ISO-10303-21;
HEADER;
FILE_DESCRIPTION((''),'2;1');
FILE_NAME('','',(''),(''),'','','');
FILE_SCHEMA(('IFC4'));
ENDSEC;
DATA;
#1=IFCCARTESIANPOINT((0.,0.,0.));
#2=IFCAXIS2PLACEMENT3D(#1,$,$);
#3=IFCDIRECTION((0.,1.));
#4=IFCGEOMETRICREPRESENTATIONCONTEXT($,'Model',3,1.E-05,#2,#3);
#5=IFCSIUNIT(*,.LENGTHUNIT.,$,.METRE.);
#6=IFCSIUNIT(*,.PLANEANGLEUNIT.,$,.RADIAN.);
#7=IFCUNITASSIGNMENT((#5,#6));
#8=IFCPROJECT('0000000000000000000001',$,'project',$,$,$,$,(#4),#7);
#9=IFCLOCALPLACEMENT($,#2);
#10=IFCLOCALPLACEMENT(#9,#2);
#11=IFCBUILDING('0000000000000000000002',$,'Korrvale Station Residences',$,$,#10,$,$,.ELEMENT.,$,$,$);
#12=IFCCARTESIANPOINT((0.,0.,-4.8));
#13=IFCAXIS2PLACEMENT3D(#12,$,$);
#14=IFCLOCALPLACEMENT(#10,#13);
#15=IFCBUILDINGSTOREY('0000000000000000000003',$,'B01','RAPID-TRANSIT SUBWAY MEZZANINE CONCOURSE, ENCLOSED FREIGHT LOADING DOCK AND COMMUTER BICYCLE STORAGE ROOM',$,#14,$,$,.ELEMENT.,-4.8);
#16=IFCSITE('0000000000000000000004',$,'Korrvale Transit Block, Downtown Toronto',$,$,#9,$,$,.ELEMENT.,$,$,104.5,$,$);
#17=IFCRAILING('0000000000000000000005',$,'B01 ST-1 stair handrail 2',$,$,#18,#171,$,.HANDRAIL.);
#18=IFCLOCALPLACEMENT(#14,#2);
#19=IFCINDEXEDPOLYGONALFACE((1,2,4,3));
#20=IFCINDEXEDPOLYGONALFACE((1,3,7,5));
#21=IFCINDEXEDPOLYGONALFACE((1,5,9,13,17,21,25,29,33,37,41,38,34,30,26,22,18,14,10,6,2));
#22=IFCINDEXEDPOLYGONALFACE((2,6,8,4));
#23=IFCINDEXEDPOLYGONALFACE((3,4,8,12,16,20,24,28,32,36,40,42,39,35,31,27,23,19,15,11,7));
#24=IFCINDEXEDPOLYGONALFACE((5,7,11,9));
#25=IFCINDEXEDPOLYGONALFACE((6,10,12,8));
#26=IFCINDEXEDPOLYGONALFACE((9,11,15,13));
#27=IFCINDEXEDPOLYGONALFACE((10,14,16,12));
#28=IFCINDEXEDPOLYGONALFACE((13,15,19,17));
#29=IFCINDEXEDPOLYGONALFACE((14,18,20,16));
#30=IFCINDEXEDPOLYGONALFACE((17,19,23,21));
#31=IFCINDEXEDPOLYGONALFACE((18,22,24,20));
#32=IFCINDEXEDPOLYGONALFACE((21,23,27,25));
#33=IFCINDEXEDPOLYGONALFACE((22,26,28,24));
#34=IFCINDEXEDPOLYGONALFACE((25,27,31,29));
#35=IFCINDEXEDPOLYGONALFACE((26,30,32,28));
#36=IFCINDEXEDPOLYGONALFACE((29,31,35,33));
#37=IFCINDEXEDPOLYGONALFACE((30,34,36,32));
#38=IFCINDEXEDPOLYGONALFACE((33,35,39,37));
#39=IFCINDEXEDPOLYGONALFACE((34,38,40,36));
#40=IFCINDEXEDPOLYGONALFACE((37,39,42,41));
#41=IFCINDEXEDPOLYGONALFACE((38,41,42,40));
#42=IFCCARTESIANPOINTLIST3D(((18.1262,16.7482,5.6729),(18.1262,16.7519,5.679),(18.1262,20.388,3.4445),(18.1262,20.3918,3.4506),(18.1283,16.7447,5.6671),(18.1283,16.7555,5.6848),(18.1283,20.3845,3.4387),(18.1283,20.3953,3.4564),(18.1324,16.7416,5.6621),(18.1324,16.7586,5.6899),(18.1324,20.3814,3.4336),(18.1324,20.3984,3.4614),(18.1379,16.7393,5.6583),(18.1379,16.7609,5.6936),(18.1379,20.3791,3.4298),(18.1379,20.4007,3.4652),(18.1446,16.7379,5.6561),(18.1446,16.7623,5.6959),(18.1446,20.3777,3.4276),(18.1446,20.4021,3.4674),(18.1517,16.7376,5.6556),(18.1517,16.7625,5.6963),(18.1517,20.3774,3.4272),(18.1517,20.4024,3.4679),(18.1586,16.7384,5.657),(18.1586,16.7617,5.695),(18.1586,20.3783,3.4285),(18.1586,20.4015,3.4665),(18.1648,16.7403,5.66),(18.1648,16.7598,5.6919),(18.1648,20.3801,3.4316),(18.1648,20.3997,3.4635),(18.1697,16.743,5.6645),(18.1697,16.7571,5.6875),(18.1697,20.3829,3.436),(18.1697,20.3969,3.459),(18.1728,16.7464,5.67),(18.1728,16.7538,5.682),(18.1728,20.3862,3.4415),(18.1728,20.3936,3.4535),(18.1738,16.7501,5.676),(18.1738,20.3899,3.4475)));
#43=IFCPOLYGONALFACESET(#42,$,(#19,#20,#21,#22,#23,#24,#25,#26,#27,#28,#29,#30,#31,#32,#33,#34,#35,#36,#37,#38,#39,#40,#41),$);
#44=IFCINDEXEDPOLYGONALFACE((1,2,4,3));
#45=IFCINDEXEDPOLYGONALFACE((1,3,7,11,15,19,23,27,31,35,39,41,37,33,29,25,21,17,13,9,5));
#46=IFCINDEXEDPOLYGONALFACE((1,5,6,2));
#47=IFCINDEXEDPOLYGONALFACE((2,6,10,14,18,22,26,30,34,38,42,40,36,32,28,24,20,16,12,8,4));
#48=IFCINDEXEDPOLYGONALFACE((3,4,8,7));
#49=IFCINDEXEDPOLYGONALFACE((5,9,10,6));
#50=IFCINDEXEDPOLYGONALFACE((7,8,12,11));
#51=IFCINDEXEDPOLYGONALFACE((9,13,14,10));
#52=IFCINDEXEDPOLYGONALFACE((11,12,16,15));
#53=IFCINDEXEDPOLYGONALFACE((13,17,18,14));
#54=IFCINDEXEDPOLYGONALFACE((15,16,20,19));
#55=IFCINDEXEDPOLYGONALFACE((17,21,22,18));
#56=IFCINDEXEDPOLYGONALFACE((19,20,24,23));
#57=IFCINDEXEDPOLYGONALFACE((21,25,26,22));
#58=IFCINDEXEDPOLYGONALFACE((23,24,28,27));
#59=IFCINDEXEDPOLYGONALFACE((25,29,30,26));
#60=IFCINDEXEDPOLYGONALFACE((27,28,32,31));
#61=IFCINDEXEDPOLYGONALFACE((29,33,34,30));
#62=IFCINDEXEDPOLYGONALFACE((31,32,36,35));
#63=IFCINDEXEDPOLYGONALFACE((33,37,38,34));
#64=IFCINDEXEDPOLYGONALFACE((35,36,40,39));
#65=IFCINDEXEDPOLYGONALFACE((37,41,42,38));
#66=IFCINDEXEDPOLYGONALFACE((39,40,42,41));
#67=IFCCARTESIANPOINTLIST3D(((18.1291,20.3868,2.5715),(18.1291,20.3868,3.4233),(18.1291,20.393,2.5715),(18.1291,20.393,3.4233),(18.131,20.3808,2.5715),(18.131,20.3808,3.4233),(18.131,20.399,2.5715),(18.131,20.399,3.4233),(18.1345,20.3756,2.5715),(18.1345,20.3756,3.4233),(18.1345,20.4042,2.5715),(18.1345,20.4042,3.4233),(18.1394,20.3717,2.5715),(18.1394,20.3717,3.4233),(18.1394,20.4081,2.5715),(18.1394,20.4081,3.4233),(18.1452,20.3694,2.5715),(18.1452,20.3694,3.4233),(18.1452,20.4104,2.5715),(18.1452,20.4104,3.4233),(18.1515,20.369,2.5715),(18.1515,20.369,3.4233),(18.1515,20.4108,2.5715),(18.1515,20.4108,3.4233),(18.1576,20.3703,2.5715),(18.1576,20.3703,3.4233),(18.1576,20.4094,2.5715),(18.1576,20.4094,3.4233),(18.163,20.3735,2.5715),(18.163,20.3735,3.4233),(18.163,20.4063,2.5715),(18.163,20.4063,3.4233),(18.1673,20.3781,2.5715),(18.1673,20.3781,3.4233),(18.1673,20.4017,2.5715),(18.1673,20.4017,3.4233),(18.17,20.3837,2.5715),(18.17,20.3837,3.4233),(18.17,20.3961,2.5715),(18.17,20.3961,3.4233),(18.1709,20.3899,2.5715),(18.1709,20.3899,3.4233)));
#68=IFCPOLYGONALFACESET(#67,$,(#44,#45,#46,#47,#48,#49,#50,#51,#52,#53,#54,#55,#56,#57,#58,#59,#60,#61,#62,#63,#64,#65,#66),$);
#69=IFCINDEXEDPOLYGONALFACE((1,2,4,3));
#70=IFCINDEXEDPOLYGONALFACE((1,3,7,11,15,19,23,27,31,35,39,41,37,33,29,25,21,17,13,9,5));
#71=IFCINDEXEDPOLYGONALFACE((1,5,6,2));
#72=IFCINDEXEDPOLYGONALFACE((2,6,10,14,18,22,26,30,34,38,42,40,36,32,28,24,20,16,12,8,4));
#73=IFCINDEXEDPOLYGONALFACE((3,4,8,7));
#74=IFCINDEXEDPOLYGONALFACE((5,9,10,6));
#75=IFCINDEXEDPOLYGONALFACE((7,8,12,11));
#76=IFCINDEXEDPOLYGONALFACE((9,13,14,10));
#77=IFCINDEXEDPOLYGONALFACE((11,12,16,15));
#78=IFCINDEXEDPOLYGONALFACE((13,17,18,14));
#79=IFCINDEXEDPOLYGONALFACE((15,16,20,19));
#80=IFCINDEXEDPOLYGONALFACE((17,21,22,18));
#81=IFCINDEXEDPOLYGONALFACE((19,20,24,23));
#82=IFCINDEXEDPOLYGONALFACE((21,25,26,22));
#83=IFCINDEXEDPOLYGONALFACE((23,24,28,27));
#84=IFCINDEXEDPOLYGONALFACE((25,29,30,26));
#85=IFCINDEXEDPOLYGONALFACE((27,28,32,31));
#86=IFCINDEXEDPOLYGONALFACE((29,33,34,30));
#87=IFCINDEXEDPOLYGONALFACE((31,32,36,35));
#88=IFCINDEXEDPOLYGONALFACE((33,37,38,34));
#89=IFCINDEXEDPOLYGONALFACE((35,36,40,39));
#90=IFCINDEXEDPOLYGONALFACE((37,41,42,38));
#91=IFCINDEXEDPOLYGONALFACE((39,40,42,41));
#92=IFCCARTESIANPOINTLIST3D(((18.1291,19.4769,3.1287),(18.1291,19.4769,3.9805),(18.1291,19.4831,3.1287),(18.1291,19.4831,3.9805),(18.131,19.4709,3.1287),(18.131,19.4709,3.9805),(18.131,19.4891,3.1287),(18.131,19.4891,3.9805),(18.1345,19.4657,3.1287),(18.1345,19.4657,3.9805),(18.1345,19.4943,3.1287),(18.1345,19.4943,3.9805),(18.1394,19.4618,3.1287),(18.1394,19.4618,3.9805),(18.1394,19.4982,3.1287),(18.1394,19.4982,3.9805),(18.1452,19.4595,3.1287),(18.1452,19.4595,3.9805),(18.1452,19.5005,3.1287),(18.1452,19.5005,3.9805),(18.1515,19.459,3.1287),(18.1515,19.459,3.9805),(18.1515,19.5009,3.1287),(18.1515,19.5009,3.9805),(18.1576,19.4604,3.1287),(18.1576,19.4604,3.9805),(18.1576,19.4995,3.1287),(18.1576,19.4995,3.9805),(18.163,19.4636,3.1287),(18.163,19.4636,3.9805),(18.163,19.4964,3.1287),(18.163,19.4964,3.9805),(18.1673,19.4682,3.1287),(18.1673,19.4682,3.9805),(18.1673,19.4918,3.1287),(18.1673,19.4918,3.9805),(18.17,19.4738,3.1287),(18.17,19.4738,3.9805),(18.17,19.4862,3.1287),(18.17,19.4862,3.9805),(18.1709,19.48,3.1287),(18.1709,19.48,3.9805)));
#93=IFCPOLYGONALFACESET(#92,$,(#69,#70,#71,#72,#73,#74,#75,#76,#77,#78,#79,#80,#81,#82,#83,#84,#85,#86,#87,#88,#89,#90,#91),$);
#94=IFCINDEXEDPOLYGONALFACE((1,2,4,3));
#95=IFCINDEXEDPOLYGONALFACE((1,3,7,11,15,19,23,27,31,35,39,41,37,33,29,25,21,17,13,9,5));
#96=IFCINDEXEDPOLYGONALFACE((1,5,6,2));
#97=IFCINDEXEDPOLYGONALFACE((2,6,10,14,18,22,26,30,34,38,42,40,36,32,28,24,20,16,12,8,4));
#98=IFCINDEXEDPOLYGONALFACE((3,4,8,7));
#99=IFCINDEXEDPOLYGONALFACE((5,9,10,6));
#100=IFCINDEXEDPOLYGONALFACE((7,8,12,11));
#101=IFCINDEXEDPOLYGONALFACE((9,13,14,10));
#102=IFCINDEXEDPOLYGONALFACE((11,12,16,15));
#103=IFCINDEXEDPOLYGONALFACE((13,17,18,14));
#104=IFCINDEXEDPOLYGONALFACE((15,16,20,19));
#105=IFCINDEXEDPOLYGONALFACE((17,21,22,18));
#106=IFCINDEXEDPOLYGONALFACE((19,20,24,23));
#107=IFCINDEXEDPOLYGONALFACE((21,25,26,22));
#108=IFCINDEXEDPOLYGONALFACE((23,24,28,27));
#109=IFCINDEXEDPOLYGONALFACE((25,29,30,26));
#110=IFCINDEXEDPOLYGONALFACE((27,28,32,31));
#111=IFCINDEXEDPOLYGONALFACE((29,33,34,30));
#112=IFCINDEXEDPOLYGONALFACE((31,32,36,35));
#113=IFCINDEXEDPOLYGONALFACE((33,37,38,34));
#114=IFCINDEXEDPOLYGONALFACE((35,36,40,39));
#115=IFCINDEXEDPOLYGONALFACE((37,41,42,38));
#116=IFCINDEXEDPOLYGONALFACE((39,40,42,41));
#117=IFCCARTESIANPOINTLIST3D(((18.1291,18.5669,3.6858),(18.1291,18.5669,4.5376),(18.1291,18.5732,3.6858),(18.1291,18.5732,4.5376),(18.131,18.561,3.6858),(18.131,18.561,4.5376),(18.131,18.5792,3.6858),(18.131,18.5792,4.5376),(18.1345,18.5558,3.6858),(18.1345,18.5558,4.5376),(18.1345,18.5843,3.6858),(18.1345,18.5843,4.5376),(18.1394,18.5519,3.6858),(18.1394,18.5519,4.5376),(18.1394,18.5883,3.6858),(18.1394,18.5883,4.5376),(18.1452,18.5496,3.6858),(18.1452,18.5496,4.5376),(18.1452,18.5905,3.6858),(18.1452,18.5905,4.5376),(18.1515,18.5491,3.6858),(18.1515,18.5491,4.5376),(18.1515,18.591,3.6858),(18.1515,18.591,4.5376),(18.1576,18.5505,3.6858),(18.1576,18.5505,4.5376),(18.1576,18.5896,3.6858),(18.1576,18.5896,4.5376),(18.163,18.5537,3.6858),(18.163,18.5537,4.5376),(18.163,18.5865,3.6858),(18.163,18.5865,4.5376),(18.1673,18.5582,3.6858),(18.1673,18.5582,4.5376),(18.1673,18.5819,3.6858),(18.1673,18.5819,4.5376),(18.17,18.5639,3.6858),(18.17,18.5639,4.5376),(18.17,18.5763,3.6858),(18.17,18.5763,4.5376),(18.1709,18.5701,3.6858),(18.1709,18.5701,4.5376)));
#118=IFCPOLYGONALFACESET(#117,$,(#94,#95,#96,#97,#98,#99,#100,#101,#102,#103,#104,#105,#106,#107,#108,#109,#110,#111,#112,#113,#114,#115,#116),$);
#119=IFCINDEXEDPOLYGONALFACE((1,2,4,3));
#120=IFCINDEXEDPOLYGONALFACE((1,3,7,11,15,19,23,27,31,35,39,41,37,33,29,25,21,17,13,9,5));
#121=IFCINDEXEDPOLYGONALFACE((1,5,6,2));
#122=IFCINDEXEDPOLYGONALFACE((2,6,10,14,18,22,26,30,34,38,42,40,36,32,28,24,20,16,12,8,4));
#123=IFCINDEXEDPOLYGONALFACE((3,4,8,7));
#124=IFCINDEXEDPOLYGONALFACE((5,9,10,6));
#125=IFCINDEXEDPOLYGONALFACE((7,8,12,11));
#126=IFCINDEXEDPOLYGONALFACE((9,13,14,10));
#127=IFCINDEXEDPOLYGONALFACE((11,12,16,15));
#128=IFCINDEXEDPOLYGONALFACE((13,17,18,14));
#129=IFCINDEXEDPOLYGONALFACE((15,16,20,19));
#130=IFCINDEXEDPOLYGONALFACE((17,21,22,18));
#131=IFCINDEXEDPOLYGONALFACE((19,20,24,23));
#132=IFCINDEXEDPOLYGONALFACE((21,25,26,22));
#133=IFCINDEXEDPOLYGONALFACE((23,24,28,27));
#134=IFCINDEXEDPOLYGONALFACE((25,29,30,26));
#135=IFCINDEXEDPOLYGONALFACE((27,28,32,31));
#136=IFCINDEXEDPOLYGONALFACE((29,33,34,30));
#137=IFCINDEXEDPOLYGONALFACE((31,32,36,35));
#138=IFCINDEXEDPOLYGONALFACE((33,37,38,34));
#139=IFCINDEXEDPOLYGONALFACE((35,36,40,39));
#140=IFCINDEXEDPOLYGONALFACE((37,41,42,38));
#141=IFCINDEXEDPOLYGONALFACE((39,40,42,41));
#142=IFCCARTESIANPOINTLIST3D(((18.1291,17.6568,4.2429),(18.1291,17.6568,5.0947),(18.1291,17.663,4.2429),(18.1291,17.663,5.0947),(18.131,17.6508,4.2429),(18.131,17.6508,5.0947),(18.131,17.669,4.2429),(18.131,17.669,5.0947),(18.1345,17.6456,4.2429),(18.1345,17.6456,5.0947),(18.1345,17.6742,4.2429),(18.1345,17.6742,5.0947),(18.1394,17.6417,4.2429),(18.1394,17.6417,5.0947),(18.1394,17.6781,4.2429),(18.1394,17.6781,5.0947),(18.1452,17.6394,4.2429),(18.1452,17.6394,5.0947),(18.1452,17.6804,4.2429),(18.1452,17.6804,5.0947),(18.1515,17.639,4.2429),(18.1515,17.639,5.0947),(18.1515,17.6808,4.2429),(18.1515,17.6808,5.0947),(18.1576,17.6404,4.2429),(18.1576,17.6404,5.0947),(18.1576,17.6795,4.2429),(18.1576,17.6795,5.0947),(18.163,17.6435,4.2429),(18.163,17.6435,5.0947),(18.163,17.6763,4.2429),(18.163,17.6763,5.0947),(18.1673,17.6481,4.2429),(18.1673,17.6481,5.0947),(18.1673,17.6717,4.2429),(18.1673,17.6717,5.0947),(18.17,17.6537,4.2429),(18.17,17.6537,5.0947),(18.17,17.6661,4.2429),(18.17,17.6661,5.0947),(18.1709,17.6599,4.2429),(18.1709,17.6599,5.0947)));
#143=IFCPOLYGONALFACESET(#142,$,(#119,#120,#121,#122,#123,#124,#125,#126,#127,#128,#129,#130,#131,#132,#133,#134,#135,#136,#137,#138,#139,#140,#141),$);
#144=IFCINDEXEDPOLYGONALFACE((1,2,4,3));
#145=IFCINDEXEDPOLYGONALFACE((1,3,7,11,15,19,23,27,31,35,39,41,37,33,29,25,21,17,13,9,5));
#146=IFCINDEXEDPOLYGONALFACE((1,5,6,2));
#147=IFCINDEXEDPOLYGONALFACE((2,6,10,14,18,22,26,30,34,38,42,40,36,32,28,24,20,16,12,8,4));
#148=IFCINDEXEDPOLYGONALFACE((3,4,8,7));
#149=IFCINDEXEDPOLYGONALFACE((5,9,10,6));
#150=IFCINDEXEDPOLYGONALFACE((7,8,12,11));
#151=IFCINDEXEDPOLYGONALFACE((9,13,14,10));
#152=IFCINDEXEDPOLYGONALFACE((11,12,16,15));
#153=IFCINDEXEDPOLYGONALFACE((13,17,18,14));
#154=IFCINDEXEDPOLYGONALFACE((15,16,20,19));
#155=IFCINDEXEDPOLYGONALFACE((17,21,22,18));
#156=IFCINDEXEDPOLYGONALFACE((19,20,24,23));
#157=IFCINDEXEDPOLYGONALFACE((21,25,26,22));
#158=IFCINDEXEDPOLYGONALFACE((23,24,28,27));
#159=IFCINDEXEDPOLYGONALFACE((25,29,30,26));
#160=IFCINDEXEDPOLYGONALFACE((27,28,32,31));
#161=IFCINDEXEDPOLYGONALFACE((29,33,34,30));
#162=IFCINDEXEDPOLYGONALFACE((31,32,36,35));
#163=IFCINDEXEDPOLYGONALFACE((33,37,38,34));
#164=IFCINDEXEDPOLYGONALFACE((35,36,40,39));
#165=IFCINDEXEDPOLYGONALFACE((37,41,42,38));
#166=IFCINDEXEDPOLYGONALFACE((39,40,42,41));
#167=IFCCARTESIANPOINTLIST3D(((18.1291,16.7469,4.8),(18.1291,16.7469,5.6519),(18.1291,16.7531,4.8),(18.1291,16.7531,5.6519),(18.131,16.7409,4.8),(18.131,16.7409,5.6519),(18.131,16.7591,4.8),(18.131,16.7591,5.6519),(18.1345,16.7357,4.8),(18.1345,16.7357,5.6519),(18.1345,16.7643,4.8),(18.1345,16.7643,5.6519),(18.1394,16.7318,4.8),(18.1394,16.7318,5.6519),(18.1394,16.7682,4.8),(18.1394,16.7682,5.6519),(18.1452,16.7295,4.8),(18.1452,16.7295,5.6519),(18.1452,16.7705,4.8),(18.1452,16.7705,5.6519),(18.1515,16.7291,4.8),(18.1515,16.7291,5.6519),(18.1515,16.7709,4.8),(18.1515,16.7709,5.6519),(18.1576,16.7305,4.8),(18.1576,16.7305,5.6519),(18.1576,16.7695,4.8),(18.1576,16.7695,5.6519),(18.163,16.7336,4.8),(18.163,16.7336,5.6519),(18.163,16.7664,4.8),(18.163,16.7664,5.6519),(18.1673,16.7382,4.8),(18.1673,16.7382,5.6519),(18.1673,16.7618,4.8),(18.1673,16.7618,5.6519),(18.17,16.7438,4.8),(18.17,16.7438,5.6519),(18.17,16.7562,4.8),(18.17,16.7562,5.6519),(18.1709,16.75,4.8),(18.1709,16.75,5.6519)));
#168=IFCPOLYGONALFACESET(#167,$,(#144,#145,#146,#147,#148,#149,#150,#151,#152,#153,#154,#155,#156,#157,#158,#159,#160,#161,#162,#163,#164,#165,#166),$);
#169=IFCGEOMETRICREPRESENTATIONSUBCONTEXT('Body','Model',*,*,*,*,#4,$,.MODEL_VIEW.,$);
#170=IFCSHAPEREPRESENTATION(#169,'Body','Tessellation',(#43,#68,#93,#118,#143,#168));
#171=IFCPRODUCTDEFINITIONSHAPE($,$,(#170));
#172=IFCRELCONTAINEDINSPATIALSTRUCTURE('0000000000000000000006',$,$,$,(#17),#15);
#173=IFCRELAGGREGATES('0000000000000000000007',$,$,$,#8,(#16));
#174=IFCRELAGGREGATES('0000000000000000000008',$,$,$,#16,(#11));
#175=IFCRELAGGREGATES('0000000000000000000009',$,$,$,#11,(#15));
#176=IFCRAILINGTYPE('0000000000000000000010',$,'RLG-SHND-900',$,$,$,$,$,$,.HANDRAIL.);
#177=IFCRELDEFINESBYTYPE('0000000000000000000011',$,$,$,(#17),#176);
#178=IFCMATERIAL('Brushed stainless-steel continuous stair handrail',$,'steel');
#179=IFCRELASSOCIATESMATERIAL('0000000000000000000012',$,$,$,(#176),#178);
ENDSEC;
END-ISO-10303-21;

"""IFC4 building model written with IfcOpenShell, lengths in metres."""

from ifc_helpers import new_model, si_unit, direction, frame, origin, origin_2d, place, context, subcontext, project, spatial, circle, extrude, material, type_object, element, save


model = new_model("IFC4")

# Units and contexts
model_context = context("Model", 3, precision=1e-05, world=origin(), true_north=direction((0.0, 1.0)))
body_context = subcontext(model_context, "Body", "Model", "MODEL_VIEW")
ifc_project = project(units=[si_unit("LENGTHUNIT", "METRE"), si_unit("PLANEANGLEUNIT", "RADIAN")], contexts=[model_context])

# Site, building, storey
site_placement = place(None, origin())
site = spatial("IfcSite", under=ifc_project, at=site_placement, Name="Korrvale Transit Block, Downtown Toronto", CompositionType="ELEMENT", RefElevation=104.5)
building_placement = place(site_placement, origin())
building = spatial("IfcBuilding", under=site, at=building_placement, Name="Korrvale Station Residences", CompositionType="ELEMENT")
storey_placement = place(building_placement, frame((0.0, 0.0, -4.8)))
storey = spatial("IfcBuildingStorey", under=building, at=storey_placement, Name="B01", Description="RAPID-TRANSIT SUBWAY MEZZANINE CONCOURSE, ENCLOSED FREIGHT LOADING DOCK AND COMMUTER BICYCLE STORAGE ROOM", CompositionType="ELEMENT", Elevation=-4.8)

# Railing
ifc_material_1 = material(Name="Brushed stainless-steel continuous stair handrail", Category="steel")
railing_type_1 = type_object("IfcRailingType", Name="RLG-SHND-900", PredefinedType="HANDRAIL", material=ifc_material_1)
railing_1_placement = place(storey_placement, frame((18.1499, 20.3899, 2.5715)))
element("IfcRailing", 1, at=railing_1_placement, inside=storey, type_object=railing_type_1, Name="B01 ST-1 stair handrail 2", PredefinedType="HANDRAIL", context=body_context, shape_type="SweptSolid", body=[
    extrude(circle(Radius=0.0239, at=origin_2d()), frame((0.0, 0.0, 0.876), z_axis=(0.0, -0.85285, 0.522156), x_axis=(1.0, 0.0, 0.0)), (0.0, 0.0, 1.0), 4.2678),
    extrude(circle(Radius=0.021, at=origin_2d()), origin(), (0.0, 0.0, 1.0), 0.8518),
    extrude(circle(Radius=0.021, at=origin_2d()), frame((0.0, -0.9099, 0.5571)), (0.0, 0.0, 1.0), 0.8518),
    extrude(circle(Radius=0.021, at=origin_2d()), frame((0.0, -1.8198, 1.1143)), (0.0, 0.0, 1.0), 0.8518),
    extrude(circle(Radius=0.021, at=origin_2d()), frame((0.0, -2.73, 1.6714)), (0.0, 0.0, 1.0), 0.8518),
    extrude(circle(Radius=0.021, at=origin_2d()), frame((0.0, -3.6399, 2.2285)), (0.0, 0.0, 1.0), 0.8518),
])

save(model, "model.ifc")
